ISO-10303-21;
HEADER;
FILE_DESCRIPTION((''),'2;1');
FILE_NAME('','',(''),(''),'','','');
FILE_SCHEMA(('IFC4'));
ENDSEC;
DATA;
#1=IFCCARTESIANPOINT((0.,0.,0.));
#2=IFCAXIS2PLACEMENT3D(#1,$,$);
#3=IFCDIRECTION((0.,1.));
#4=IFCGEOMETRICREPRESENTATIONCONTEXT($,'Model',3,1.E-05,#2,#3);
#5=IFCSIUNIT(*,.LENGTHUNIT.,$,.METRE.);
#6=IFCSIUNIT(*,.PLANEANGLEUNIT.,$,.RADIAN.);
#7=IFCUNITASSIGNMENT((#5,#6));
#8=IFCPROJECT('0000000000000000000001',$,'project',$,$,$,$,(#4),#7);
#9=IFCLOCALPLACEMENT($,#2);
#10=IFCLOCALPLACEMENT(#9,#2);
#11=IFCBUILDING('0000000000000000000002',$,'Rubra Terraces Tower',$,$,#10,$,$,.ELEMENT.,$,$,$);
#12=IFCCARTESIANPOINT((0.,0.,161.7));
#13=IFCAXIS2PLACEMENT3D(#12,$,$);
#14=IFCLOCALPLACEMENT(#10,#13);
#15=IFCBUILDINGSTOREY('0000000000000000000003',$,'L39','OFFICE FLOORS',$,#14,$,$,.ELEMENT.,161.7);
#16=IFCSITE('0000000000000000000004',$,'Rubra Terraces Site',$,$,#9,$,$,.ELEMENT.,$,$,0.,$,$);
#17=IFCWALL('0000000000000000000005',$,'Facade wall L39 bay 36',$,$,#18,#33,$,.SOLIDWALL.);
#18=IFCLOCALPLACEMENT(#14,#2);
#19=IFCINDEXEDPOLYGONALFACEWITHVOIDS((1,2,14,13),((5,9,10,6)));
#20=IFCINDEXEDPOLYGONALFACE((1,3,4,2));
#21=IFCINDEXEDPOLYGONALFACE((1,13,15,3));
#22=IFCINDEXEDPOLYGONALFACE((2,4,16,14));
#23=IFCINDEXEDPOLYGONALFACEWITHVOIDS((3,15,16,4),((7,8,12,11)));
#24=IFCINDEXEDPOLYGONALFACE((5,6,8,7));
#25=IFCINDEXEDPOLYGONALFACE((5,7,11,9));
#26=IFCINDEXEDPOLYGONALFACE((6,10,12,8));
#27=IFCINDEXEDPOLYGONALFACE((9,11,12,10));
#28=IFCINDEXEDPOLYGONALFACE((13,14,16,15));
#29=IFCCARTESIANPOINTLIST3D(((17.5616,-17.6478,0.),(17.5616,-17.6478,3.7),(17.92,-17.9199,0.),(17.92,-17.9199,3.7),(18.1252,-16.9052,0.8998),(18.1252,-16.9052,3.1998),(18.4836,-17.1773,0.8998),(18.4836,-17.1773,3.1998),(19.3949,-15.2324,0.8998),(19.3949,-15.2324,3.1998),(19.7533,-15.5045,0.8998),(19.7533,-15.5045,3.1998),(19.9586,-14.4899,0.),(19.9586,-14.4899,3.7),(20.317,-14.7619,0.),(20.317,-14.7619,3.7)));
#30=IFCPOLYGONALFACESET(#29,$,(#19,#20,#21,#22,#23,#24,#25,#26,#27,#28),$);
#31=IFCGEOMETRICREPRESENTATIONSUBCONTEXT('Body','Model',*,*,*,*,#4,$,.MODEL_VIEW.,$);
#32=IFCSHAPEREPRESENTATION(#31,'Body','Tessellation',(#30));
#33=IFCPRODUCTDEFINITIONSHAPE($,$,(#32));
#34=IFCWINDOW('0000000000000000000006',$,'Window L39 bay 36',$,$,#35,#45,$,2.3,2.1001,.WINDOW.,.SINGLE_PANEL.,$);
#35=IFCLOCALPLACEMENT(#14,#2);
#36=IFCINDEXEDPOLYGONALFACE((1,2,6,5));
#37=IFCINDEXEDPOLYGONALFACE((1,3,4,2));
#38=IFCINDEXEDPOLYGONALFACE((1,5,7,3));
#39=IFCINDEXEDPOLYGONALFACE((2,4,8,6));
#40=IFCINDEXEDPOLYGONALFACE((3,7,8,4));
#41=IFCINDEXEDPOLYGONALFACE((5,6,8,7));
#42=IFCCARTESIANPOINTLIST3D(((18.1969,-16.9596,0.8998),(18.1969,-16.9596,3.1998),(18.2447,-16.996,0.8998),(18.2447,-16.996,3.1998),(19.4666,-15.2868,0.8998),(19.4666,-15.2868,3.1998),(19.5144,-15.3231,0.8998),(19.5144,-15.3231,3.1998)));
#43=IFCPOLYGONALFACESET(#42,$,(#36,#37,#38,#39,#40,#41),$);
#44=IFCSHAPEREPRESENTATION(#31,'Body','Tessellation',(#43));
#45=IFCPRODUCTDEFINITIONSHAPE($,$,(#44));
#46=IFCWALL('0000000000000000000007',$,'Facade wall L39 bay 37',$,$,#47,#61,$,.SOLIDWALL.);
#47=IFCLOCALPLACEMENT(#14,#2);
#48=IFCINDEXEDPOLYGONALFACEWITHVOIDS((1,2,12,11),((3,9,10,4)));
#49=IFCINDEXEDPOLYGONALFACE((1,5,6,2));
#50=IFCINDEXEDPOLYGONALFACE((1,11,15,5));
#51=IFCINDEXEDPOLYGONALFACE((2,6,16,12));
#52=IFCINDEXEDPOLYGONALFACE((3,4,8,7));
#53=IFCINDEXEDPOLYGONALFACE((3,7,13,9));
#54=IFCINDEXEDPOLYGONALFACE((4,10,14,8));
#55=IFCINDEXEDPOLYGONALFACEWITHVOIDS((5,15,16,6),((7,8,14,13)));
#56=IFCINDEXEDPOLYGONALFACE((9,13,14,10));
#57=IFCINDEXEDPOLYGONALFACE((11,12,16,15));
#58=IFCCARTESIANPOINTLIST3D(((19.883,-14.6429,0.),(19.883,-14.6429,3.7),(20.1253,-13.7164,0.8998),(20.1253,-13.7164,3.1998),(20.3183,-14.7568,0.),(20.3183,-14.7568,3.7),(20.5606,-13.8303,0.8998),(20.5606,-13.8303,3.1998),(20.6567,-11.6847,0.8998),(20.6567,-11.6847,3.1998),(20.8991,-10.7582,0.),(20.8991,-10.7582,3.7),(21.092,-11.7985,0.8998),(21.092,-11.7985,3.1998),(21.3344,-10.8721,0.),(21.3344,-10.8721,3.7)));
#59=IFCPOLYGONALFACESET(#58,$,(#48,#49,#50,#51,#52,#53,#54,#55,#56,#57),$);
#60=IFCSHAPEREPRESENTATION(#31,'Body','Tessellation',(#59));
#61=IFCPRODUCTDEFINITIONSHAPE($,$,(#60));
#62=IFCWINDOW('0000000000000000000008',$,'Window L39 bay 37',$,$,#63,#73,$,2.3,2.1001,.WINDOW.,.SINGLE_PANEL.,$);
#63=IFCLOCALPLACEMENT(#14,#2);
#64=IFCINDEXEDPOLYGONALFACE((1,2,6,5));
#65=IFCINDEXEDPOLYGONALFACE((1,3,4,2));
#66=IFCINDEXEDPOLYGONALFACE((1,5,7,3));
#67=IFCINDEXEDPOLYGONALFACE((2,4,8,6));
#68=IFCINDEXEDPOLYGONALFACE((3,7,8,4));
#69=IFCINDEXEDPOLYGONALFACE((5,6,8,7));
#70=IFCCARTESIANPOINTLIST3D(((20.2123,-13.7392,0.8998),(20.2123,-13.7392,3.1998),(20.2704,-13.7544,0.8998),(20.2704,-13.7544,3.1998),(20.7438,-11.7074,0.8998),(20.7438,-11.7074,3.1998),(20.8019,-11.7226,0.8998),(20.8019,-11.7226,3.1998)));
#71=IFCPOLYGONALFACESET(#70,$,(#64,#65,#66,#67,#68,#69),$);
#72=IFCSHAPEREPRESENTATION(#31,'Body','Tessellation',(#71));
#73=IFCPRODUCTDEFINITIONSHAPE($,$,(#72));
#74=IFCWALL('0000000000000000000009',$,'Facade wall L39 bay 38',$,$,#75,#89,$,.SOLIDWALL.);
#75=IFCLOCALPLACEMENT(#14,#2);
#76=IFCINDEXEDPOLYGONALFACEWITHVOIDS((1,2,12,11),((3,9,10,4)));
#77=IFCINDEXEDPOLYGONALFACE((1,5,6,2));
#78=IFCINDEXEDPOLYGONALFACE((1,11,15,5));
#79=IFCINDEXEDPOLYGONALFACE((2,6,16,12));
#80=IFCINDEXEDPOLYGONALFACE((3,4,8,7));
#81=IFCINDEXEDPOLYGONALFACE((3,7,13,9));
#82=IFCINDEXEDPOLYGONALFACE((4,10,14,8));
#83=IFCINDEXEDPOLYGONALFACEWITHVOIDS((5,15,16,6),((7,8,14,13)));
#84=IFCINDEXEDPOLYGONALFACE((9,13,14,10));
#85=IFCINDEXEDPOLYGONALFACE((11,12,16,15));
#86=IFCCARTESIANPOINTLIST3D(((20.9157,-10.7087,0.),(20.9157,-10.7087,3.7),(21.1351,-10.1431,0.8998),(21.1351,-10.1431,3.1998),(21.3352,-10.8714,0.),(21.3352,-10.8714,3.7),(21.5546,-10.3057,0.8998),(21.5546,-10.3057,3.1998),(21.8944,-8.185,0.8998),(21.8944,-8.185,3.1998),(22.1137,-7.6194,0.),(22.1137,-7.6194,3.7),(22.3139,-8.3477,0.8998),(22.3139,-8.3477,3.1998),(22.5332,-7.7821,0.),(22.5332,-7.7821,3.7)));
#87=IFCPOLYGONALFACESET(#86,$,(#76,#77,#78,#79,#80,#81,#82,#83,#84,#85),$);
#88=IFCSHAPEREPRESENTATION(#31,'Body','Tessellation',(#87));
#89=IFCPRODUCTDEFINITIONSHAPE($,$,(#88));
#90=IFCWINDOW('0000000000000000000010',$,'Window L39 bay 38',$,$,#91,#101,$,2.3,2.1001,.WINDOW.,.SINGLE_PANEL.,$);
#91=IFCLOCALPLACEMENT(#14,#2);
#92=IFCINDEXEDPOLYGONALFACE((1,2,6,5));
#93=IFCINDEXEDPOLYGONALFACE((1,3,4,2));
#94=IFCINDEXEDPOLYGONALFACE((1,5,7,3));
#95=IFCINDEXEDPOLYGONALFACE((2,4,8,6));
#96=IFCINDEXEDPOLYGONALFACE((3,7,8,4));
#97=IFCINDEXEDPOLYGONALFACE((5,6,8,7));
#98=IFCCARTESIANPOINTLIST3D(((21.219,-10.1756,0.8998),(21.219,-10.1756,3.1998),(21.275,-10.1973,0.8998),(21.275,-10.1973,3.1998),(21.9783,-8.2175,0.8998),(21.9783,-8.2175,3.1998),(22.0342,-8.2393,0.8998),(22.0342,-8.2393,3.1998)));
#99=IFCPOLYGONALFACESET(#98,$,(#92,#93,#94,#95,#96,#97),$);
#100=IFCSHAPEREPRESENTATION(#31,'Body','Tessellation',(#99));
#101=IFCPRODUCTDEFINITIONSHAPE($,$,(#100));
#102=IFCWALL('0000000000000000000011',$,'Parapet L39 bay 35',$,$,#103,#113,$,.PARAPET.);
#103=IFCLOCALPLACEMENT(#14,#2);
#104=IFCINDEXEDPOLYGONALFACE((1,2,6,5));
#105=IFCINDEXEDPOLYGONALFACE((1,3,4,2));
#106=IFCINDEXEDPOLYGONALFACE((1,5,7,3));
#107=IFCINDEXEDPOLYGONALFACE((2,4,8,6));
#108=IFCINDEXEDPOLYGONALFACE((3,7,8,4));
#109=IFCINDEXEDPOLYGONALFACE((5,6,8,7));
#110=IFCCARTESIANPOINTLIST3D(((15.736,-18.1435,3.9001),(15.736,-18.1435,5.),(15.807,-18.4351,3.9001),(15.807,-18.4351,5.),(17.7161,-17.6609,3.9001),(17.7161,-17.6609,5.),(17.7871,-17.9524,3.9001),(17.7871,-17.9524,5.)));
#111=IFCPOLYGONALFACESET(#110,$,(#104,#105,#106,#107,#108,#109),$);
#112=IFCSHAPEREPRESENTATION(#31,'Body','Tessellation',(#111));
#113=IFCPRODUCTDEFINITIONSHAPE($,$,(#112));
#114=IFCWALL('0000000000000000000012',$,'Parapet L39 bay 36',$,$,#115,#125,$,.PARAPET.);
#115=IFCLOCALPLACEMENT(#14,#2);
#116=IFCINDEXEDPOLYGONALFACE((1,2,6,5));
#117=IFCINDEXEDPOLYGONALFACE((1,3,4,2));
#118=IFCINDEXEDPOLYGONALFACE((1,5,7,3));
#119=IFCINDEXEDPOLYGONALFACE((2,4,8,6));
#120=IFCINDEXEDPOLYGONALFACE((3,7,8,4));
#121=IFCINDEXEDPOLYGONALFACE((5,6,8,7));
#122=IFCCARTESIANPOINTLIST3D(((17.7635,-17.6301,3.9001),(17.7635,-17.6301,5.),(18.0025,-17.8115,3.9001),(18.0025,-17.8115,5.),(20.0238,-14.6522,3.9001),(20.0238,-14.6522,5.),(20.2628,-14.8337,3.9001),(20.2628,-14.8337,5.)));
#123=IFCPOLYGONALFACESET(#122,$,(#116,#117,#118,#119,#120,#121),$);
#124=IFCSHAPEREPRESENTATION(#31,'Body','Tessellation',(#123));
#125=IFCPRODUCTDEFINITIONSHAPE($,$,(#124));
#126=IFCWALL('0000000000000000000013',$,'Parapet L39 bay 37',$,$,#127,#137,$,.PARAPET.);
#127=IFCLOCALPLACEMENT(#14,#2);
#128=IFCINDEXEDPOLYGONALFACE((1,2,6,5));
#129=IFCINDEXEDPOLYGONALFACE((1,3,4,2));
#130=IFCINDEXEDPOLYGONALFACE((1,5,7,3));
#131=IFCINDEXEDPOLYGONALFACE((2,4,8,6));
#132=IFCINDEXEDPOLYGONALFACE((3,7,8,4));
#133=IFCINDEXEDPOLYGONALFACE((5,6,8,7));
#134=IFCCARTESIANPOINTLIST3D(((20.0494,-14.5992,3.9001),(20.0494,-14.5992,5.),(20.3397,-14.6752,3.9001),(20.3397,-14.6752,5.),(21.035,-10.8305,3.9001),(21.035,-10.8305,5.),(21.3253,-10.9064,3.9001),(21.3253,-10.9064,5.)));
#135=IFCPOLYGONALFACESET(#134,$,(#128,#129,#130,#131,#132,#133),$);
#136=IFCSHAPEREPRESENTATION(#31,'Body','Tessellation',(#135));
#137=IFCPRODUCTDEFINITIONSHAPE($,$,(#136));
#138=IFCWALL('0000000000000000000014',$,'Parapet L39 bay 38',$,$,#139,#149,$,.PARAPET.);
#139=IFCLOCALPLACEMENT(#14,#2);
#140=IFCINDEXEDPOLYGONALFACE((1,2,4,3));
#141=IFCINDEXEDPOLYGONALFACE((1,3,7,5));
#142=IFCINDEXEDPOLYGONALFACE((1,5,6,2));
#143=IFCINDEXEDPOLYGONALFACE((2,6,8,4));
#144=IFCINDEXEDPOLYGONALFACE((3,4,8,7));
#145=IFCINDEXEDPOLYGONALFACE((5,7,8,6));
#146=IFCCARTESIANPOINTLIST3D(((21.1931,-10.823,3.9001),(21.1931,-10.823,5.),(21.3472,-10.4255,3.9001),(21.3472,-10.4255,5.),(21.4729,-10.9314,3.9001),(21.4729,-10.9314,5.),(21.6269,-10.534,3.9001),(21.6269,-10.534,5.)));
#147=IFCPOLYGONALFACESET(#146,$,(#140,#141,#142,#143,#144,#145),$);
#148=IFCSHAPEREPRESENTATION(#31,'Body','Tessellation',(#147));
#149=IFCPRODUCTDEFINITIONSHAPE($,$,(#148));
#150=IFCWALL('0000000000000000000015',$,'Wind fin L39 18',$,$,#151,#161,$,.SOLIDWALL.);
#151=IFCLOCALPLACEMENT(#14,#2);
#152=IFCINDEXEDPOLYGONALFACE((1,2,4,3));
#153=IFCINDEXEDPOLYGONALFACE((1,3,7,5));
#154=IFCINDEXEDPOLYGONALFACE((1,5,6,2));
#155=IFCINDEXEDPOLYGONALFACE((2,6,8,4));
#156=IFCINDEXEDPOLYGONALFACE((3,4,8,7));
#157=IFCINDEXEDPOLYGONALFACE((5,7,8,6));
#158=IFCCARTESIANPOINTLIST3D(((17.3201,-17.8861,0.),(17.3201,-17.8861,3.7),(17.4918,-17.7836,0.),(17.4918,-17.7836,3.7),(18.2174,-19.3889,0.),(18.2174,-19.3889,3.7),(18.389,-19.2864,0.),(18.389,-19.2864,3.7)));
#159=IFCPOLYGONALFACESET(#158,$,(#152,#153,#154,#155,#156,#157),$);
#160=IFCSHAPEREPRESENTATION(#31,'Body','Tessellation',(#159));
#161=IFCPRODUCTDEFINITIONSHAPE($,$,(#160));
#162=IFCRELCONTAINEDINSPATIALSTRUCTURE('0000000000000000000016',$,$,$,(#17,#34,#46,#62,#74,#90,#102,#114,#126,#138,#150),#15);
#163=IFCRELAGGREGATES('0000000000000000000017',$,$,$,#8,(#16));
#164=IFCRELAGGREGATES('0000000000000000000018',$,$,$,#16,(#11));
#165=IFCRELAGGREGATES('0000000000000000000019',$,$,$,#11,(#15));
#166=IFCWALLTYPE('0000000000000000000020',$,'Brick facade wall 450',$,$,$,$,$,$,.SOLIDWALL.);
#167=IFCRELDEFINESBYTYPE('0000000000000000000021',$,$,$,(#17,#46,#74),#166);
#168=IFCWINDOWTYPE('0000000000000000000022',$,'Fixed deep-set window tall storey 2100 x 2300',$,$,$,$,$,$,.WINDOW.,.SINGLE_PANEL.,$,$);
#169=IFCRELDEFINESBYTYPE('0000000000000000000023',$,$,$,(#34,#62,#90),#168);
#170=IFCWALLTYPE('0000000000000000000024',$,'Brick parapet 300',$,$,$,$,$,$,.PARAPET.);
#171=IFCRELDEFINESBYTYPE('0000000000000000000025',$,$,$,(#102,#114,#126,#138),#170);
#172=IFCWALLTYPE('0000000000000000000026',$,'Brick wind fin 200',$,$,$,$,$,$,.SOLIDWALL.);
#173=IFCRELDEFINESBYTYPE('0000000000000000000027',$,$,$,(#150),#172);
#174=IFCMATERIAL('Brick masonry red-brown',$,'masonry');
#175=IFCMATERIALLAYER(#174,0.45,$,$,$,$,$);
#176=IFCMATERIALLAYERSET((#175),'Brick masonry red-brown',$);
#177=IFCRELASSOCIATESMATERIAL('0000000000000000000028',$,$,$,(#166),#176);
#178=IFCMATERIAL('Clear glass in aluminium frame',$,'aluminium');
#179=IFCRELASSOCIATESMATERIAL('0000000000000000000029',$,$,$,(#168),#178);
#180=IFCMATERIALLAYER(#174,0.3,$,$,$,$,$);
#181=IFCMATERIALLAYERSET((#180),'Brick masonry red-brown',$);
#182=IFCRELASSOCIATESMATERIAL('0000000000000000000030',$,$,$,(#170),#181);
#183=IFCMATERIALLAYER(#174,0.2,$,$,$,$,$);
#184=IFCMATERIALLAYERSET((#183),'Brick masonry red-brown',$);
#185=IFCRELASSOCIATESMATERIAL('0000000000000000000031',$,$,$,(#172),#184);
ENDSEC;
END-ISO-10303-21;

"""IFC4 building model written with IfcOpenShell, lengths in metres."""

from ifc_helpers import new_model, si_unit, direction, frame, frame_2d, origin, place, context, subcontext, project, spatial, rectangle, extrude, material, layer, layer_set, type_object, element, fill, save


model = new_model("IFC4")

# Units and contexts
model_context = context("Model", 3, precision=1e-05, world=origin(), true_north=direction((0.0, 1.0)))
body_context = subcontext(model_context, "Body", "Model", "MODEL_VIEW")
ifc_project = project(units=[si_unit("LENGTHUNIT", "METRE"), si_unit("PLANEANGLEUNIT", "RADIAN")], contexts=[model_context])

# Site, building, storey
site_placement = place(None, origin())
site = spatial("IfcSite", under=ifc_project, at=site_placement, Name="Rubra Terraces Site", CompositionType="ELEMENT", RefElevation=0.0)
building_placement = place(site_placement, origin())
building = spatial("IfcBuilding", under=site, at=building_placement, Name="Rubra Terraces Tower", CompositionType="ELEMENT")
storey_placement = place(building_placement, frame((0.0, 0.0, 161.7)))
storey = spatial("IfcBuildingStorey", under=building, at=storey_placement, Name="L39", Description="OFFICE FLOORS", CompositionType="ELEMENT", Elevation=161.7)

# Walls, openings, windows
ifc_material_1 = material(Name="Brick masonry red-brown", Category="masonry")
ifc_layer_1 = layer(ifc_material_1, 0.45)
ifc_layer_set_1 = layer_set([ifc_layer_1], Name="Brick masonry red-brown")
wall_type_1 = type_object("IfcWallType", Name="Brick facade wall 450", PredefinedType="SOLIDWALL", material=ifc_layer_set_1)
ifc_material_2 = material(Name="Clear glass in aluminium frame", Category="aluminium")
window_type = type_object("IfcWindowType", Name="Fixed deep-set window tall storey 2100 x 2300", PartitioningType="SINGLE_PANEL", PredefinedType="WINDOW", material=ifc_material_2)
wall_1_placement = place(storey_placement, frame((17.7407, -17.7839, 0.0), z_axis=(0.0, 0.0, 1.0), x_axis=(0.604591, 0.796536, 0.0)))
wall_1 = element("IfcWall", 1, at=wall_1_placement, inside=storey, type_object=wall_type_1, Name="Facade wall L39 bay 36", PredefinedType="SOLIDWALL", context=body_context, shape_type="SweptSolid", body=[
    extrude(rectangle(XDim=3.9646, YDim=0.45, at=frame_2d((1.9824, 0.0))), origin(), (0.0, 0.0, 1.0), 3.7),
])
opening_1_placement = place(wall_1_placement, frame((0.9324, 0.0, 0.8999)))
opening_1 = element("IfcOpeningElement", 2, at=opening_1_placement, cuts=wall_1, PredefinedType="OPENING", context=body_context, shape_type="SweptSolid", body=[
    extrude(rectangle(XDim=2.1001, YDim=2.3, at=frame_2d((1.05, 1.1499))), frame((0.0, 0.2349, 0.0), z_axis=(0.0, -1.0, 0.0), x_axis=(1.0, 0.0, 0.0)), (0.0, 0.0, 1.0), 0.47),
])
window_1_placement = place(opening_1_placement, origin())
window_1 = element("IfcWindow", 3, at=window_1_placement, inside=storey, type_object=window_type, Name="Window L39 bay 36", OverallHeight=2.3, OverallWidth=2.1001, PartitioningType="SINGLE_PANEL", PredefinedType="WINDOW", context=body_context, shape_type="SweptSolid", body=[
    extrude(rectangle(XDim=2.1001, YDim=2.3, at=frame_2d((1.05, 1.1499))), frame((0.0, 0.135, 0.0), z_axis=(0.0, -1.0, 0.0), x_axis=(1.0, 0.0, 0.0)), (0.0, 0.0, 1.0), 0.0601),
])
fill(opening_1, window_1)
wall_2_placement = place(storey_placement, frame((20.1006, -14.7, 0.0), z_axis=(0.0, 0.0, 1.0), x_axis=(0.253051, 0.967453, 0.0)))
wall_2 = element("IfcWall", 4, at=wall_2_placement, inside=storey, type_object=wall_type_1, Name="Facade wall L39 bay 37", PredefinedType="SOLIDWALL", context=body_context, shape_type="SweptSolid", body=[
    extrude(rectangle(XDim=4.0154, YDim=0.45, at=frame_2d((2.0078, 0.0))), origin(), (0.0, 0.0, 1.0), 3.7),
])
opening_2_placement = place(wall_2_placement, frame((0.9578, 0.0, 0.8999)))
opening_2 = element("IfcOpeningElement", 5, at=opening_2_placement, cuts=wall_2, PredefinedType="OPENING", context=body_context, shape_type="SweptSolid", body=[
    extrude(rectangle(XDim=2.1001, YDim=2.3, at=frame_2d((1.05, 1.1499))), frame((0.0, 0.2349, 0.0), z_axis=(0.0, -1.0, 0.0), x_axis=(1.0, 0.0, 0.0)), (0.0, 0.0, 1.0), 0.47),
])
window_2_placement = place(opening_2_placement, origin())
window_2 = element("IfcWindow", 6, at=window_2_placement, inside=storey, type_object=window_type, Name="Window L39 bay 37", OverallHeight=2.3, OverallWidth=2.1001, PartitioningType="SINGLE_PANEL", PredefinedType="WINDOW", context=body_context, shape_type="SweptSolid", body=[
    extrude(rectangle(XDim=2.1001, YDim=2.3, at=frame_2d((1.05, 1.1499))), frame((0.0, 0.135, 0.0), z_axis=(0.0, -1.0, 0.0), x_axis=(1.0, 0.0, 0.0)), (0.0, 0.0, 1.0), 0.0601),
])
fill(opening_2, window_2)
wall_3_placement = place(storey_placement, frame((21.1255, -10.79, 0.0), z_axis=(0.0, 0.0, 1.0), x_axis=(0.36155, 0.932353, 0.0)))
wall_3 = element("IfcWall", 7, at=wall_3_placement, inside=storey, type_object=wall_type_1, Name="Facade wall L39 bay 38", PredefinedType="SOLIDWALL", context=body_context, shape_type="SweptSolid", body=[
    extrude(rectangle(XDim=3.3135, YDim=0.45, at=frame_2d((1.6567, 0.0))), origin(), (0.0, 0.0, 1.0), 3.7),
])
opening_3_placement = place(wall_3_placement, frame((0.6067, 0.0, 0.8999)))
opening_3 = element("IfcOpeningElement", 8, at=opening_3_placement, cuts=wall_3, PredefinedType="OPENING", context=body_context, shape_type="SweptSolid", body=[
    extrude(rectangle(XDim=2.1001, YDim=2.3, at=frame_2d((1.05, 1.1499))), frame((0.0, 0.2349, 0.0), z_axis=(0.0, -1.0, 0.0), x_axis=(1.0, 0.0, 0.0)), (0.0, 0.0, 1.0), 0.47),
])
window_3_placement = place(opening_3_placement, origin())
window_3 = element("IfcWindow", 9, at=window_3_placement, inside=storey, type_object=window_type, Name="Window L39 bay 38", OverallHeight=2.3, OverallWidth=2.1001, PartitioningType="SINGLE_PANEL", PredefinedType="WINDOW", context=body_context, shape_type="SweptSolid", body=[
    extrude(rectangle(XDim=2.1001, YDim=2.3, at=frame_2d((1.05, 1.1499))), frame((0.0, 0.135, 0.0), z_axis=(0.0, -1.0, 0.0), x_axis=(1.0, 0.0, 0.0)), (0.0, 0.0, 1.0), 0.0601),
])
fill(opening_3, window_3)

# Walls
ifc_layer_2 = layer(ifc_material_1, 0.3)
ifc_layer_set_2 = layer_set([ifc_layer_2], Name="Brick masonry red-brown")
wall_type_2 = type_object("IfcWallType", Name="Brick parapet 300", PredefinedType="PARAPET", material=ifc_layer_set_2)
wall_4_placement = place(storey_placement, frame((15.7715, -18.2893, 3.9001), z_axis=(0.0, 0.0, 1.0), x_axis=(0.971556, 0.23681, 0.0)))
element("IfcWall", 10, at=wall_4_placement, inside=storey, type_object=wall_type_2, Name="Parapet L39 bay 35", PredefinedType="PARAPET", context=body_context, shape_type="SweptSolid", body=[
    extrude(rectangle(XDim=2.0381, YDim=0.3, at=frame_2d((1.019, 0.0))), origin(), (0.0, 0.0, 1.0), 1.0999),
])
wall_5_placement = place(storey_placement, frame((17.8831, -17.7207, 3.9001), z_axis=(0.0, 0.0, 1.0), x_axis=(0.604598, 0.796531, 0.0)))
element("IfcWall", 11, at=wall_5_placement, inside=storey, type_object=wall_type_2, Name="Parapet L39 bay 36", PredefinedType="PARAPET", context=body_context, shape_type="SweptSolid", body=[
    extrude(rectangle(XDim=3.7385, YDim=0.3, at=frame_2d((1.8691, 0.0))), origin(), (0.0, 0.0, 1.0), 1.0999),
])
wall_6_placement = place(storey_placement, frame((20.1946, -14.6372, 3.9001), z_axis=(0.0, 0.0, 1.0), x_axis=(0.253006, 0.967465, 0.0)))
element("IfcWall", 12, at=wall_6_placement, inside=storey, type_object=wall_type_2, Name="Parapet L39 bay 37", PredefinedType="PARAPET", context=body_context, shape_type="SweptSolid", body=[
    extrude(rectangle(XDim=3.8955, YDim=0.3, at=frame_2d((1.9478, 0.0))), origin(), (0.0, 0.0, 1.0), 1.0999),
])
wall_7_placement = place(storey_placement, frame((21.333, -10.8772, 3.9001), z_axis=(0.0, 0.0, 1.0), x_axis=(0.361396, 0.932413, 0.0)))
element("IfcWall", 13, at=wall_7_placement, inside=storey, type_object=wall_type_2, Name="Parapet L39 bay 38", PredefinedType="PARAPET", context=body_context, shape_type="SweptSolid", body=[
    extrude(rectangle(XDim=0.4263, YDim=0.3, at=frame_2d((0.2131, 0.0))), origin(), (0.0, 0.0, 1.0), 1.0999),
])
ifc_layer_3 = layer(ifc_material_1, 0.2)
ifc_layer_set_3 = layer_set([ifc_layer_3], Name="Brick masonry red-brown")
wall_type_3 = type_object("IfcWallType", Name="Brick wind fin 200", PredefinedType="SOLIDWALL", material=ifc_layer_set_3)
wall_8_placement = place(storey_placement, frame((17.406, -17.835, 0.0), z_axis=(0.0, 0.0, 1.0), x_axis=(0.512648, -0.858599, 0.0)))
element("IfcWall", 14, at=wall_8_placement, inside=storey, type_object=wall_type_3, Name="Wind fin L39 18", PredefinedType="SOLIDWALL", context=body_context, shape_type="SweptSolid", body=[
    extrude(rectangle(XDim=1.7502, YDim=0.2, at=frame_2d((0.875, 0.0))), origin(), (0.0, 0.0, 1.0), 3.7),
])

save(model, "model.ifc")
